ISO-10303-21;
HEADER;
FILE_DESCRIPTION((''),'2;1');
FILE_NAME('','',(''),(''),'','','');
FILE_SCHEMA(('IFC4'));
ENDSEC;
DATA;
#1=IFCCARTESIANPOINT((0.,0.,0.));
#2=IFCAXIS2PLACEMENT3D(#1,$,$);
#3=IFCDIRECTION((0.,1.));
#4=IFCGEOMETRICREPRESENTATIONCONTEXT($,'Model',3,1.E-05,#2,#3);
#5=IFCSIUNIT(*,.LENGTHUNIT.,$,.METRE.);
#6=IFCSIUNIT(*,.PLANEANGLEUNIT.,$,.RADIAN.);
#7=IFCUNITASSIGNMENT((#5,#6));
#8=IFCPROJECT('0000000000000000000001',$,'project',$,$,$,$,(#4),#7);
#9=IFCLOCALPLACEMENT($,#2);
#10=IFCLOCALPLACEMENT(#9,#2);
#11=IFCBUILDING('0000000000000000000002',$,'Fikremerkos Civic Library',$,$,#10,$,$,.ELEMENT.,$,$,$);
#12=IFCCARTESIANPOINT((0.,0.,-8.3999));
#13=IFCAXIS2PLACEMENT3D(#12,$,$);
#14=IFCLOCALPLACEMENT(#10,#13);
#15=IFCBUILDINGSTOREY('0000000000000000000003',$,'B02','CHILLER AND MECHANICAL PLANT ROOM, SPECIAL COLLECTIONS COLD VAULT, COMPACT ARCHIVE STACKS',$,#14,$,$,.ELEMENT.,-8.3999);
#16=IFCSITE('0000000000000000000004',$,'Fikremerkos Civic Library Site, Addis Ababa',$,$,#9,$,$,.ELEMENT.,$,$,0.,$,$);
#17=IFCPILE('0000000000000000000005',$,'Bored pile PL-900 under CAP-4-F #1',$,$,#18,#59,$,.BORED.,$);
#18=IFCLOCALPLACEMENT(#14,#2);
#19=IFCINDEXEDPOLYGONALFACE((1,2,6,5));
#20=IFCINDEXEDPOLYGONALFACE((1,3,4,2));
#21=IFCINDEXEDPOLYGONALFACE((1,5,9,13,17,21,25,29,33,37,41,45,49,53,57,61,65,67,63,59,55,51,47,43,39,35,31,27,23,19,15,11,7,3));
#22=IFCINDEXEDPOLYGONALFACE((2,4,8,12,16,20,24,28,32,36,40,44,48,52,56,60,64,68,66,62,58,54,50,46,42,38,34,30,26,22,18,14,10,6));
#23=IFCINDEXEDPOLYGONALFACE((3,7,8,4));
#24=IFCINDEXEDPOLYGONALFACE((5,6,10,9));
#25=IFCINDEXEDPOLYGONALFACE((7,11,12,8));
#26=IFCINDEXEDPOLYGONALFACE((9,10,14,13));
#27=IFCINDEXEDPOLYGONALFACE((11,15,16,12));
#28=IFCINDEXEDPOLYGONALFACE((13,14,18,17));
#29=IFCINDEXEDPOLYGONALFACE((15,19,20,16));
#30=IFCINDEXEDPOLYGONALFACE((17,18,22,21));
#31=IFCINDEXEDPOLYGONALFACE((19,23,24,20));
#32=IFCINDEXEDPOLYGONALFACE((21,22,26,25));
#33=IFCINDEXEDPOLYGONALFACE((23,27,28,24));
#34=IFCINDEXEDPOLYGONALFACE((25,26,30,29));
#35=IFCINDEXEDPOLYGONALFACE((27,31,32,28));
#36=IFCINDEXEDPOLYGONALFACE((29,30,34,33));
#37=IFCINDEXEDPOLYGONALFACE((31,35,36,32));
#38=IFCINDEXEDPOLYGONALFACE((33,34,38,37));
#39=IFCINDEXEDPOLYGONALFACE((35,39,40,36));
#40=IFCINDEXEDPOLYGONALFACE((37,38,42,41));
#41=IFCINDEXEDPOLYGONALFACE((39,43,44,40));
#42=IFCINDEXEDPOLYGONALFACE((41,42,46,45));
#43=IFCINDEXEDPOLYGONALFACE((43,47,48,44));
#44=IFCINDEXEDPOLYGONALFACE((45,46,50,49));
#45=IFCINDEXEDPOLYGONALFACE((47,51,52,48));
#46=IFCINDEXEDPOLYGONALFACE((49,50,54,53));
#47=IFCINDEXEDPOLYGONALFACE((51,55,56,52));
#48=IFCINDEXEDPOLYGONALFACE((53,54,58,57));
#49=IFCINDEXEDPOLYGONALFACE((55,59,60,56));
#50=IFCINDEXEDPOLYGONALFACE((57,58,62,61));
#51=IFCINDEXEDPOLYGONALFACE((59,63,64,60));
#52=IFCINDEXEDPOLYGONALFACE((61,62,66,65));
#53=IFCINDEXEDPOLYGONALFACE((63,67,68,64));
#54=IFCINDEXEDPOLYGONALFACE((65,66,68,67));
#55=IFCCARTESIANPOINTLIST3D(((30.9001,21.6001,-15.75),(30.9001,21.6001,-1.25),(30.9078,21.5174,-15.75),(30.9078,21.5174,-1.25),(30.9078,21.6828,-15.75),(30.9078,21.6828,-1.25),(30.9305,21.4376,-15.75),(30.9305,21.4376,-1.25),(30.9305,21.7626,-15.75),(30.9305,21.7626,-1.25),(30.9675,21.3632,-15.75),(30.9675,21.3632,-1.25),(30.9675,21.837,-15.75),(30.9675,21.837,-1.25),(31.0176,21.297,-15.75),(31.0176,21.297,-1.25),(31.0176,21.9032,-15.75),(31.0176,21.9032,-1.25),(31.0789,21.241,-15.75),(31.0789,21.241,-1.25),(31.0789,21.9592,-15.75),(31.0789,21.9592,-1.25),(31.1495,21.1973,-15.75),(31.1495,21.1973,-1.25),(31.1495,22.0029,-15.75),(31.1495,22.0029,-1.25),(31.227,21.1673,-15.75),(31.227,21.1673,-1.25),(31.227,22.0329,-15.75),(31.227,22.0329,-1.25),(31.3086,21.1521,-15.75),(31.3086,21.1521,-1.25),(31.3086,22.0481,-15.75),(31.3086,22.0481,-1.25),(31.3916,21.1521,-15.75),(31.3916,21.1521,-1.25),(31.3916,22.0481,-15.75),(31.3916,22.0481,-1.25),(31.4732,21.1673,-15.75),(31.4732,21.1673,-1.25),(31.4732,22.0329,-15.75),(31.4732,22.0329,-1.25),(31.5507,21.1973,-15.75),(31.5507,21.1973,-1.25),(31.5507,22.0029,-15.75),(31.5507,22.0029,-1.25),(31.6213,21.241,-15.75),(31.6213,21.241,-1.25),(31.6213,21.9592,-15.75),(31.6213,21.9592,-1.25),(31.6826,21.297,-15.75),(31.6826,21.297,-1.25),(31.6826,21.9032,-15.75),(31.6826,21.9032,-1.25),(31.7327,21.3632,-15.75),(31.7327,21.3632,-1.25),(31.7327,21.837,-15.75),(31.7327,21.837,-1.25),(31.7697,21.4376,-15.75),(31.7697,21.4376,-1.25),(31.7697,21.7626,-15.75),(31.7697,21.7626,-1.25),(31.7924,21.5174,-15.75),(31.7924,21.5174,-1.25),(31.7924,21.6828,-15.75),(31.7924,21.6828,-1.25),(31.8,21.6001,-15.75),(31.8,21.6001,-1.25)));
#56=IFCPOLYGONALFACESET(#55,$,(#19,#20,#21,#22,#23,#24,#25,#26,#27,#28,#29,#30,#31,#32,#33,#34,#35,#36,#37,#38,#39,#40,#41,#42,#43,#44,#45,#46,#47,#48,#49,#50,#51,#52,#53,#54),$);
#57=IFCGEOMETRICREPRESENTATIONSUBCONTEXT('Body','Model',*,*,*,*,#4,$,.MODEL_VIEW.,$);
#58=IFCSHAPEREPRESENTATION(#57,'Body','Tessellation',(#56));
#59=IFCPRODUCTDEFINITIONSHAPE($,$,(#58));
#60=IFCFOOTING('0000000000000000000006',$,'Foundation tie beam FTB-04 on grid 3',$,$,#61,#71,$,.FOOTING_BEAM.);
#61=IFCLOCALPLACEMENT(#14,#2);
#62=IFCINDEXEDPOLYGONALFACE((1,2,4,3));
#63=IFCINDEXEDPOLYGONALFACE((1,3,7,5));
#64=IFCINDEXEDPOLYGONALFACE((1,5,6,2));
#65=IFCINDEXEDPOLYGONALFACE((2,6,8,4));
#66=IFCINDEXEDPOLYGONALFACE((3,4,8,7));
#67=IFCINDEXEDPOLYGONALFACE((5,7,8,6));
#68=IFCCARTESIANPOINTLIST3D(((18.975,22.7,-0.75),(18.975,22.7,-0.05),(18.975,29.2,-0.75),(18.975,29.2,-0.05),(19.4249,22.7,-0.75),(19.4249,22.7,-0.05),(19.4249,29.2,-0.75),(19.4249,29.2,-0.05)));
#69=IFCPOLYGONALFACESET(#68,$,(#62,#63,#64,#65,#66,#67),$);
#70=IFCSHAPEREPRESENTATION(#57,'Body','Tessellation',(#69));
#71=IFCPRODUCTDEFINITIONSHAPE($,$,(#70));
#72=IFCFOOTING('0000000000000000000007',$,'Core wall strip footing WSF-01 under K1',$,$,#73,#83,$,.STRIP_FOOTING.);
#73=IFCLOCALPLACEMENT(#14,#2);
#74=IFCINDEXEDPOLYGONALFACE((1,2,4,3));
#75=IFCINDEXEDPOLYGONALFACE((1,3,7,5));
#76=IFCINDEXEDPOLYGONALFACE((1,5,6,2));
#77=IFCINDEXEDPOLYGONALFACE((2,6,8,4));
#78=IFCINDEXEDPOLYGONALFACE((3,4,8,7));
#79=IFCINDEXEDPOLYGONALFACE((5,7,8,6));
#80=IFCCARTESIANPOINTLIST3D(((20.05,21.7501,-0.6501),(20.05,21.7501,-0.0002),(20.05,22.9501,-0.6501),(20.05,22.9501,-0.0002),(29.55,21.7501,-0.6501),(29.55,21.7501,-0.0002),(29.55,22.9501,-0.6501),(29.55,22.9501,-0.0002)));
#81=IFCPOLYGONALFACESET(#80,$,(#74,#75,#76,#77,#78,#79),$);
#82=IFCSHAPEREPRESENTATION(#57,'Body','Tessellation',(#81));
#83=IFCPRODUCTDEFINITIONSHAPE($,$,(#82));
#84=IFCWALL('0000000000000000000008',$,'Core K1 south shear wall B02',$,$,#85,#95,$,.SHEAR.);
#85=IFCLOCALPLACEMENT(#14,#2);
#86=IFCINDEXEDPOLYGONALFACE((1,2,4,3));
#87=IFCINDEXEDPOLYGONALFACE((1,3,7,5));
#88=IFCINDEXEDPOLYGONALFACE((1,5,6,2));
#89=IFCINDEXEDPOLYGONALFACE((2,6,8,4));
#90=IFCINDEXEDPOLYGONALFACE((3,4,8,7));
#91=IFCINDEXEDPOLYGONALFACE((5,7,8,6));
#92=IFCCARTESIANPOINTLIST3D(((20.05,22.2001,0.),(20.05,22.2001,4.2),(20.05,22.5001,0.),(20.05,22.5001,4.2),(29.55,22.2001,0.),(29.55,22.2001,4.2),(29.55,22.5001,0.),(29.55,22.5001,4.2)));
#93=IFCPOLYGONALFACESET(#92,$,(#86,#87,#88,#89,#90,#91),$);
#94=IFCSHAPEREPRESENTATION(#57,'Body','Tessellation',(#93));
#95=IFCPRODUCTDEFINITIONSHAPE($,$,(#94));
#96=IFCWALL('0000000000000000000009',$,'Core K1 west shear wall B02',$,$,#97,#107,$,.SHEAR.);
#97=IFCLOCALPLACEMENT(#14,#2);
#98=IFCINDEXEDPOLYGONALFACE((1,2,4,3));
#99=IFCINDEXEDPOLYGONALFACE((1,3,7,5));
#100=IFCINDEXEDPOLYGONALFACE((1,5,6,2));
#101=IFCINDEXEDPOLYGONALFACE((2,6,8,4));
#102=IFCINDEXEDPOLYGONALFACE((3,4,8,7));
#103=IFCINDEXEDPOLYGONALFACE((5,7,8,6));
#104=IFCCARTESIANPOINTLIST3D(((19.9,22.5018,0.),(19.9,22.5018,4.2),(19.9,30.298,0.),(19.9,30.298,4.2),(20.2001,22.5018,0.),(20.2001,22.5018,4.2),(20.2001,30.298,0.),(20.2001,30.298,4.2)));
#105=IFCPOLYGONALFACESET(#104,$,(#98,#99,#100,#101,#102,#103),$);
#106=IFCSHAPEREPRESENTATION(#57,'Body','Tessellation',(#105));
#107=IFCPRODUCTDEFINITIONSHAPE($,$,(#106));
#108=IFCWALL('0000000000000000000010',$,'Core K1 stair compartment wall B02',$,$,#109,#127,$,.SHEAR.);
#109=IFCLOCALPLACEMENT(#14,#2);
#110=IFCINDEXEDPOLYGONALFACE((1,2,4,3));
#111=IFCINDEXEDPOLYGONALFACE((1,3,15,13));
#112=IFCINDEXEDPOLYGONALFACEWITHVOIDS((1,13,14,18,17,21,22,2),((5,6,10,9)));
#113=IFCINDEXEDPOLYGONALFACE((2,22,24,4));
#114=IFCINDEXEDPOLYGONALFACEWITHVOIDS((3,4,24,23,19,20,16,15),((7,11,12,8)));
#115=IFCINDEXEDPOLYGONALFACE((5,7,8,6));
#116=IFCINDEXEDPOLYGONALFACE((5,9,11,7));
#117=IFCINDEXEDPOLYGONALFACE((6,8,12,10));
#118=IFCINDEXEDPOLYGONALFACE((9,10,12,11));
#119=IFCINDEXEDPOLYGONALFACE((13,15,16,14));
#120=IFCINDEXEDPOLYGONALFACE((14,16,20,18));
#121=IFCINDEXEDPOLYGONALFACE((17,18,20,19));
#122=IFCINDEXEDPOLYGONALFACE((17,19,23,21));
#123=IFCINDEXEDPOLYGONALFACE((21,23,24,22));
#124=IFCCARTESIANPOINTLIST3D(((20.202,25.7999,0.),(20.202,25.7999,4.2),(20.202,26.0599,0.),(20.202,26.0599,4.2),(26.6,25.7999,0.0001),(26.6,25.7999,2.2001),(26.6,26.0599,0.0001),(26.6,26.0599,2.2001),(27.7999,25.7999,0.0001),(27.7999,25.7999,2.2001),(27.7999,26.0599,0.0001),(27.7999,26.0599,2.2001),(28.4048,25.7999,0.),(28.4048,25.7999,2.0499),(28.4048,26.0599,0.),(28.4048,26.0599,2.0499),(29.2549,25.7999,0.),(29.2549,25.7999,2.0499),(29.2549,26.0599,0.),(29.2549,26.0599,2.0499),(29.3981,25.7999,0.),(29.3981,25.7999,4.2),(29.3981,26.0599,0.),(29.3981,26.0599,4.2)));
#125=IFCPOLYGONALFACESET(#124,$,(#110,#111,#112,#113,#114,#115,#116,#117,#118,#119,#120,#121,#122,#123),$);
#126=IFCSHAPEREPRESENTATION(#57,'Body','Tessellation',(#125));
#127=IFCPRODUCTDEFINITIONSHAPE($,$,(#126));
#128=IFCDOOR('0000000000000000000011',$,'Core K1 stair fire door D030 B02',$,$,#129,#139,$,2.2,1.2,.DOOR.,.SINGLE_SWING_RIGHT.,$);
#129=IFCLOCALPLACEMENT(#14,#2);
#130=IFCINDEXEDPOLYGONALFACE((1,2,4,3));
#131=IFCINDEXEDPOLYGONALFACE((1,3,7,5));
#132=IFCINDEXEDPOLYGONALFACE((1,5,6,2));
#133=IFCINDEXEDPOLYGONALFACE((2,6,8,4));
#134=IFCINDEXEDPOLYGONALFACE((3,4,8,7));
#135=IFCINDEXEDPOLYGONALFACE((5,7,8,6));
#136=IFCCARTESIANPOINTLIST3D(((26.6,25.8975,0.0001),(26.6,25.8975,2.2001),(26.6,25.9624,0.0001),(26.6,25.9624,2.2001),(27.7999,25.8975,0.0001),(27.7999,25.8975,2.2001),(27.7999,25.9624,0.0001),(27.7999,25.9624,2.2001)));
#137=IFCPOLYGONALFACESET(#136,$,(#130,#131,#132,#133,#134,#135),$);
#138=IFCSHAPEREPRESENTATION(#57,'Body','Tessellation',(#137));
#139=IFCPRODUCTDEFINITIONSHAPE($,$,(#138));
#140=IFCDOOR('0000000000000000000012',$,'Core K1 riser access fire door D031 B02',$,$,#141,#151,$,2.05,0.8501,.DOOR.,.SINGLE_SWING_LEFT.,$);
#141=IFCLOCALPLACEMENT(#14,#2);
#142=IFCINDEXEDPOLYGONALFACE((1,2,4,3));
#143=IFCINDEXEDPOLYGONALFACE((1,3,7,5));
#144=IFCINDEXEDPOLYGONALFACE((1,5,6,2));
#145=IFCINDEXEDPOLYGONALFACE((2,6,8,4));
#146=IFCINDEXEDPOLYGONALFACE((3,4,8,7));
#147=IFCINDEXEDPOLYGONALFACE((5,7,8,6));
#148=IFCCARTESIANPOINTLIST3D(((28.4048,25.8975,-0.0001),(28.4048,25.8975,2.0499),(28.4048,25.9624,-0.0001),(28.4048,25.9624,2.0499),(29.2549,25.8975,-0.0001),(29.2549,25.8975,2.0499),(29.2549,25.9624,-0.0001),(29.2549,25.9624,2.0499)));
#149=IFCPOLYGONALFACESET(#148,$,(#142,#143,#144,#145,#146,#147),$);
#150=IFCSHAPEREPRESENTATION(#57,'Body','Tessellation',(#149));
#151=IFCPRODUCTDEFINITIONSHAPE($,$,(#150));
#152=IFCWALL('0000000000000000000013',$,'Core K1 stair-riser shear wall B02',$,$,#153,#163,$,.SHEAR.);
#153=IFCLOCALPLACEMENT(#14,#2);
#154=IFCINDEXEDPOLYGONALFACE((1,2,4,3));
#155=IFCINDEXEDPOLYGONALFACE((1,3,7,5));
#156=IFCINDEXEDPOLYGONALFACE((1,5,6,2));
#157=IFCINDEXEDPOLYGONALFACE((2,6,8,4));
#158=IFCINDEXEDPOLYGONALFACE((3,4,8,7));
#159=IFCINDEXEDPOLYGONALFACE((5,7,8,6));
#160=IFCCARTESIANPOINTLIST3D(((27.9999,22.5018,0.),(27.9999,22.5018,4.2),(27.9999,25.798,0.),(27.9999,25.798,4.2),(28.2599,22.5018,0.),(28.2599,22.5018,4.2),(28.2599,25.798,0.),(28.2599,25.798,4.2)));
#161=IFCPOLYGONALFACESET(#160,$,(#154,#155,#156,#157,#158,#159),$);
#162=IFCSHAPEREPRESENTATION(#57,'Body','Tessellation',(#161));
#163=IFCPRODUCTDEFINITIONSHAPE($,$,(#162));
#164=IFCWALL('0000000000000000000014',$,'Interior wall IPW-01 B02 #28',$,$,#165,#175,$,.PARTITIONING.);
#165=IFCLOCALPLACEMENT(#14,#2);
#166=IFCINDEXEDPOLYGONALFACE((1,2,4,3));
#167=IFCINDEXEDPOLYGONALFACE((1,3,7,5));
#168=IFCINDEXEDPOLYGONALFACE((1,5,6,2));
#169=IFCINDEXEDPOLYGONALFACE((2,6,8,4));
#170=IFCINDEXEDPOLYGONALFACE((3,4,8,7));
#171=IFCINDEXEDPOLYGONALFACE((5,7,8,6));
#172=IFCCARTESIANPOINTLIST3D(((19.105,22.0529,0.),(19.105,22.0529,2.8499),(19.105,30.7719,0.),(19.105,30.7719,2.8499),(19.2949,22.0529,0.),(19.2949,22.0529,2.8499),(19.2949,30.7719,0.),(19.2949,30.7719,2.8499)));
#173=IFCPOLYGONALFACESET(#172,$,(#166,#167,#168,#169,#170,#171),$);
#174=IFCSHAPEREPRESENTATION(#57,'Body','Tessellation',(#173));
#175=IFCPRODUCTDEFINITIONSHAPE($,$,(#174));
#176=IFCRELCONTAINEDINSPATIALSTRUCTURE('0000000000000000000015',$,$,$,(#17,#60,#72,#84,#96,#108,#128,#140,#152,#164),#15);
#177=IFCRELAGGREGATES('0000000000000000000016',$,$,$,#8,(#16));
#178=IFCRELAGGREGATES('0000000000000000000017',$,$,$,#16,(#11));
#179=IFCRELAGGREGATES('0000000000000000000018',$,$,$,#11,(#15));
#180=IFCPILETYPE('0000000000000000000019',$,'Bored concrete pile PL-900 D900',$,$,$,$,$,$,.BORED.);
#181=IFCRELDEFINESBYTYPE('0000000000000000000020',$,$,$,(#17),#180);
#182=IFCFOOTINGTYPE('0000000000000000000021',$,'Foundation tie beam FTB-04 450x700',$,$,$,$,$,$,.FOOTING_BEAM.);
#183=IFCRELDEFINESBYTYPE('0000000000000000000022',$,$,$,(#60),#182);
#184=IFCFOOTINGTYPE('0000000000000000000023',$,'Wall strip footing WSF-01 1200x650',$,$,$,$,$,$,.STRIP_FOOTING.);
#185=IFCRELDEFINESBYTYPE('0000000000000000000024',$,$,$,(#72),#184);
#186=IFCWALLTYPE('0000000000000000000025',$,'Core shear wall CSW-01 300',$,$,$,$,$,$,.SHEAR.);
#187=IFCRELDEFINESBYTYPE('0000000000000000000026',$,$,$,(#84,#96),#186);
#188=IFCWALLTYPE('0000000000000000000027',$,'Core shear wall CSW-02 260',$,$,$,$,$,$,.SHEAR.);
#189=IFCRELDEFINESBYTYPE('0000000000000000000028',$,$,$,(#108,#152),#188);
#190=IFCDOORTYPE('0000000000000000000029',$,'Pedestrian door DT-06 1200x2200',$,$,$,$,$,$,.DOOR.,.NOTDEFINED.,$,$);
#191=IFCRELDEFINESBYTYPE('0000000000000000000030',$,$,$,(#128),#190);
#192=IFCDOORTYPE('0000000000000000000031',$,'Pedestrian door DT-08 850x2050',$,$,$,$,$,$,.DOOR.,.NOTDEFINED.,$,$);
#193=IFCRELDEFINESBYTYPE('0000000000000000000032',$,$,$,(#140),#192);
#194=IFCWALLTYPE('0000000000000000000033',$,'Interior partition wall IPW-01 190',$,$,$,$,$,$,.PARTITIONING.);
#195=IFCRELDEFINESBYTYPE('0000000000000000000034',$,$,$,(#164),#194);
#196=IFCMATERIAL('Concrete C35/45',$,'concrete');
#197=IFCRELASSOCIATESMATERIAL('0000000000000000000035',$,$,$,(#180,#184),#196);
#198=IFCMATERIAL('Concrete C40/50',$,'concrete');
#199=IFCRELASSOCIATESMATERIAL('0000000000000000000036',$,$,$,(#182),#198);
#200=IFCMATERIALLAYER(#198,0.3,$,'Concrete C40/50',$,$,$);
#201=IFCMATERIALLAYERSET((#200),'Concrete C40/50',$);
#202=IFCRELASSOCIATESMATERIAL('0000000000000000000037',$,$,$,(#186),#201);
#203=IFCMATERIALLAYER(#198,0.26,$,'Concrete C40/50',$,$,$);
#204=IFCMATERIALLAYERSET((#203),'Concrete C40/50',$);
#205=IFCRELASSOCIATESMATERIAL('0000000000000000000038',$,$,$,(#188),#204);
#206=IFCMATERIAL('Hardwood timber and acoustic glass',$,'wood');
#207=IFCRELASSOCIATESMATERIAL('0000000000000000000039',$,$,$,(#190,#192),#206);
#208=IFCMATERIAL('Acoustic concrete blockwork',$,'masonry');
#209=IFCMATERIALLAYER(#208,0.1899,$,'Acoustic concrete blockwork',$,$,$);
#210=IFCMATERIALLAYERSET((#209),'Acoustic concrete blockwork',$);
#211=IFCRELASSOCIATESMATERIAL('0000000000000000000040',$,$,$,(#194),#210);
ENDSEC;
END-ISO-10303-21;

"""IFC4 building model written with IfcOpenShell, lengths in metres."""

from ifc_helpers import new_model, si_unit, direction, frame, frame_2d, origin, origin_2d, place, context, subcontext, project, spatial, rectangle, circle, extrude, material, layer, layer_set, material_profile, profile_set, type_object, element, fill, save


model = new_model("IFC4")

# Units and contexts
model_context = context("Model", 3, precision=1e-05, world=origin(), true_north=direction((0.0, 1.0)))
body_context = subcontext(model_context, "Body", "Model", "MODEL_VIEW")
ifc_project = project(units=[si_unit("LENGTHUNIT", "METRE"), si_unit("PLANEANGLEUNIT", "RADIAN")], contexts=[model_context])

# Site, building, storey
site_placement = place(None, origin())
site = spatial("IfcSite", under=ifc_project, at=site_placement, Name="Fikremerkos Civic Library Site, Addis Ababa", CompositionType="ELEMENT", RefElevation=0.0)
building_placement = place(site_placement, origin())
building = spatial("IfcBuilding", under=site, at=building_placement, Name="Fikremerkos Civic Library", CompositionType="ELEMENT")
storey_placement = place(building_placement, frame((0.0, 0.0, -8.3999)))
storey = spatial("IfcBuildingStorey", under=building, at=storey_placement, Name="B02", Description="CHILLER AND MECHANICAL PLANT ROOM, SPECIAL COLLECTIONS COLD VAULT, COMPACT ARCHIVE STACKS", CompositionType="ELEMENT", Elevation=-8.3999)

# Pile
ifc_material_1 = material(Name="Concrete C35/45", Category="concrete")
ifc_material_profile = material_profile(ifc_material_1, circle(Radius=0.45, at=origin_2d()), Name="BORED PILE 900")
ifc_profile_set = profile_set([ifc_material_profile], Name="Concrete C35/45")
pile_type = type_object("IfcPileType", Name="Bored concrete pile PL-900 D900", PredefinedType="BORED", material=ifc_profile_set)
pile_placement = place(storey_placement, frame((31.3501, 21.6001, -1.25), z_axis=(0.0, 0.0, -1.0), x_axis=(1.0, 0.0, 0.0)))
element("IfcPile", 1, at=pile_placement, inside=storey, type_object=pile_type, Name="Bored pile PL-900 under CAP-4-F #1", PredefinedType="BORED", context=body_context, shape_type="SweptSolid", body=[
    extrude(circle(Radius=0.45, at=origin_2d()), origin(), (0.0, 0.0, 1.0), 14.5),
])

# Footings
ifc_material_2 = material(Name="Concrete C40/50", Category="concrete")
footing_type_1 = type_object("IfcFootingType", Name="Foundation tie beam FTB-04 450x700", PredefinedType="FOOTING_BEAM", material=ifc_material_2)
footing_1_placement = place(storey_placement, frame((19.2, 25.95, -0.75), z_axis=(0.0, 0.0, 1.0), x_axis=(0.0, 1.0, 0.0)))
element("IfcFooting", 2, at=footing_1_placement, inside=storey, type_object=footing_type_1, Name="Foundation tie beam FTB-04 on grid 3", PredefinedType="FOOTING_BEAM", context=body_context, shape_type="SweptSolid", body=[
    extrude(rectangle(XDim=6.5, YDim=0.45, at=origin_2d()), origin(), (0.0, 0.0, 1.0), 0.7),
])
footing_type_2 = type_object("IfcFootingType", Name="Wall strip footing WSF-01 1200x650", PredefinedType="STRIP_FOOTING", material=ifc_material_1)
footing_2_placement = place(storey_placement, frame((24.8, 22.3501, -0.6501), z_axis=(0.0, 0.0, 1.0), x_axis=(1.0, 0.0, 0.0)))
element("IfcFooting", 3, at=footing_2_placement, inside=storey, type_object=footing_type_2, Name="Core wall strip footing WSF-01 under K1", PredefinedType="STRIP_FOOTING", context=body_context, shape_type="SweptSolid", body=[
    extrude(rectangle(XDim=9.5, YDim=1.2, at=origin_2d()), origin(), (0.0, 0.0, 1.0), 0.6499),
])

# Walls
ifc_layer_1 = layer(ifc_material_2, 0.3, Name="Concrete C40/50")
ifc_layer_set_1 = layer_set([ifc_layer_1], Name="Concrete C40/50")
wall_type_1 = type_object("IfcWallType", Name="Core shear wall CSW-01 300", PredefinedType="SHEAR", material=ifc_layer_set_1)
wall_1_placement = place(storey_placement, frame((29.55, 22.3501, 0.0), z_axis=(0.0, 0.0, 1.0), x_axis=(-1.0, 0.0, 0.0)))
element("IfcWall", 4, at=wall_1_placement, inside=storey, type_object=wall_type_1, Name="Core K1 south shear wall B02", PredefinedType="SHEAR", context=body_context, shape_type="SweptSolid", body=[
    extrude(rectangle(XDim=9.5, YDim=0.3, at=frame_2d((4.75, 0.0))), origin(), (0.0, 0.0, 1.0), 4.2),
])
wall_2_placement = place(storey_placement, frame((20.05, 22.502, 0.0), z_axis=(0.0, 0.0, 1.0), x_axis=(0.0, 1.0, 0.0)))
element("IfcWall", 5, at=wall_2_placement, inside=storey, type_object=wall_type_1, Name="Core K1 west shear wall B02", PredefinedType="SHEAR", context=body_context, shape_type="SweptSolid", body=[
    extrude(rectangle(XDim=7.7961, YDim=0.3, at=frame_2d((3.8979, 0.0))), origin(), (0.0, 0.0, 1.0), 4.2),
])

# Wall, openings, doors
ifc_layer_2 = layer(ifc_material_2, 0.26, Name="Concrete C40/50")
ifc_layer_set_2 = layer_set([ifc_layer_2], Name="Concrete C40/50")
wall_type_2 = type_object("IfcWallType", Name="Core shear wall CSW-02 260", PredefinedType="SHEAR", material=ifc_layer_set_2)
wall_3_placement = place(storey_placement, frame((20.2019, 25.9299, 0.0), z_axis=(0.0, 0.0, 1.0), x_axis=(1.0, 0.0, 0.0)))
wall_3 = element("IfcWall", 6, at=wall_3_placement, inside=storey, type_object=wall_type_2, Name="Core K1 stair compartment wall B02", PredefinedType="SHEAR", context=body_context, shape_type="SweptSolid", body=[
    extrude(rectangle(XDim=9.196, YDim=0.26, at=frame_2d((4.5981, 0.0))), origin(), (0.0, 0.0, 1.0), 4.2),
])
opening_1_placement = place(wall_3_placement, frame((6.3979, 0.0, 0.0)))
opening_1 = element("IfcOpeningElement", 7, at=opening_1_placement, cuts=wall_3, PredefinedType="OPENING", context=body_context, shape_type="SweptSolid", body=[
    extrude(rectangle(XDim=1.2, YDim=2.2, at=frame_2d((0.6001, 1.1001))), frame((0.0, 0.1399, 0.0), z_axis=(0.0, -1.0, 0.0), x_axis=(1.0, 0.0, 0.0)), (0.0, 0.0, 1.0), 0.28),
])
opening_2_placement = place(wall_3_placement, frame((8.2029, 0.0, 0.0)))
opening_2 = element("IfcOpeningElement", 8, at=opening_2_placement, cuts=wall_3, PredefinedType="OPENING", context=body_context, shape_type="SweptSolid", body=[
    extrude(rectangle(XDim=0.8501, YDim=2.05, at=frame_2d((0.425, 1.0249))), frame((0.0, 0.1399, 0.0), z_axis=(0.0, -1.0, 0.0), x_axis=(1.0, 0.0, 0.0)), (0.0, 0.0, 1.0), 0.28),
])
ifc_material_3 = material(Name="Hardwood timber and acoustic glass", Category="wood")
door_type_1 = type_object("IfcDoorType", Name="Pedestrian door DT-06 1200x2200", OperationType="NOTDEFINED", PredefinedType="DOOR", material=ifc_material_3)
door_1_placement = place(opening_1_placement, origin())
door_1 = element("IfcDoor", 9, at=door_1_placement, inside=storey, type_object=door_type_1, Name="Core K1 stair fire door D030 B02", OperationType="SINGLE_SWING_RIGHT", OverallHeight=2.2, OverallWidth=1.2, PredefinedType="DOOR", context=body_context, shape_type="SweptSolid", body=[
    extrude(rectangle(XDim=1.2, YDim=2.2, at=frame_2d((0.6001, 1.1001))), frame((0.0, 0.0325, 0.0), z_axis=(0.0, -1.0, 0.0), x_axis=(1.0, 0.0, 0.0)), (0.0, 0.0, 1.0), 0.0649),
])
fill(opening_1, door_1)
door_type_2 = type_object("IfcDoorType", Name="Pedestrian door DT-08 850x2050", OperationType="NOTDEFINED", PredefinedType="DOOR", material=ifc_material_3)
door_2_placement = place(opening_2_placement, origin())
door_2 = element("IfcDoor", 10, at=door_2_placement, inside=storey, type_object=door_type_2, Name="Core K1 riser access fire door D031 B02", OperationType="SINGLE_SWING_LEFT", OverallHeight=2.05, OverallWidth=0.8501, PredefinedType="DOOR", context=body_context, shape_type="SweptSolid", body=[
    extrude(rectangle(XDim=0.8501, YDim=2.05, at=frame_2d((0.425, 1.0249))), frame((0.0, 0.0325, 0.0), z_axis=(0.0, -1.0, 0.0), x_axis=(1.0, 0.0, 0.0)), (0.0, 0.0, 1.0), 0.0649),
])
fill(opening_2, door_2)

# Wall
wall_4_placement = place(storey_placement, frame((28.1299, 22.502, 0.0), z_axis=(0.0, 0.0, 1.0), x_axis=(0.0, 1.0, 0.0)))
element("IfcWall", 11, at=wall_4_placement, inside=storey, type_object=wall_type_2, Name="Core K1 stair-riser shear wall B02", PredefinedType="SHEAR", context=body_context, shape_type="SweptSolid", body=[
    extrude(rectangle(XDim=3.2961, YDim=0.26, at=frame_2d((1.6479, 0.0))), origin(), (0.0, 0.0, 1.0), 4.2),
])

# Wall
ifc_material_4 = material(Name="Acoustic concrete blockwork", Category="masonry")
ifc_layer_3 = layer(ifc_material_4, 0.1899, Name="Acoustic concrete blockwork")
ifc_layer_set_3 = layer_set([ifc_layer_3], Name="Acoustic concrete blockwork")
wall_type_3 = type_object("IfcWallType", Name="Interior partition wall IPW-01 190", PredefinedType="PARTITIONING", material=ifc_layer_set_3)
wall_5_placement = place(storey_placement, frame((19.2, 22.053, 0.0), z_axis=(0.0, 0.0, 1.0), x_axis=(0.0, 1.0, 0.0)))
element("IfcWall", 12, at=wall_5_placement, inside=storey, type_object=wall_type_3, Name="Interior wall IPW-01 B02 #28", PredefinedType="PARTITIONING", context=body_context, shape_type="SweptSolid", body=[
    extrude(rectangle(XDim=8.719, YDim=0.1899, at=frame_2d((4.3594, 0.0))), origin(), (0.0, 0.0, 1.0), 2.8499),
])

save(model, "model.ifc")
